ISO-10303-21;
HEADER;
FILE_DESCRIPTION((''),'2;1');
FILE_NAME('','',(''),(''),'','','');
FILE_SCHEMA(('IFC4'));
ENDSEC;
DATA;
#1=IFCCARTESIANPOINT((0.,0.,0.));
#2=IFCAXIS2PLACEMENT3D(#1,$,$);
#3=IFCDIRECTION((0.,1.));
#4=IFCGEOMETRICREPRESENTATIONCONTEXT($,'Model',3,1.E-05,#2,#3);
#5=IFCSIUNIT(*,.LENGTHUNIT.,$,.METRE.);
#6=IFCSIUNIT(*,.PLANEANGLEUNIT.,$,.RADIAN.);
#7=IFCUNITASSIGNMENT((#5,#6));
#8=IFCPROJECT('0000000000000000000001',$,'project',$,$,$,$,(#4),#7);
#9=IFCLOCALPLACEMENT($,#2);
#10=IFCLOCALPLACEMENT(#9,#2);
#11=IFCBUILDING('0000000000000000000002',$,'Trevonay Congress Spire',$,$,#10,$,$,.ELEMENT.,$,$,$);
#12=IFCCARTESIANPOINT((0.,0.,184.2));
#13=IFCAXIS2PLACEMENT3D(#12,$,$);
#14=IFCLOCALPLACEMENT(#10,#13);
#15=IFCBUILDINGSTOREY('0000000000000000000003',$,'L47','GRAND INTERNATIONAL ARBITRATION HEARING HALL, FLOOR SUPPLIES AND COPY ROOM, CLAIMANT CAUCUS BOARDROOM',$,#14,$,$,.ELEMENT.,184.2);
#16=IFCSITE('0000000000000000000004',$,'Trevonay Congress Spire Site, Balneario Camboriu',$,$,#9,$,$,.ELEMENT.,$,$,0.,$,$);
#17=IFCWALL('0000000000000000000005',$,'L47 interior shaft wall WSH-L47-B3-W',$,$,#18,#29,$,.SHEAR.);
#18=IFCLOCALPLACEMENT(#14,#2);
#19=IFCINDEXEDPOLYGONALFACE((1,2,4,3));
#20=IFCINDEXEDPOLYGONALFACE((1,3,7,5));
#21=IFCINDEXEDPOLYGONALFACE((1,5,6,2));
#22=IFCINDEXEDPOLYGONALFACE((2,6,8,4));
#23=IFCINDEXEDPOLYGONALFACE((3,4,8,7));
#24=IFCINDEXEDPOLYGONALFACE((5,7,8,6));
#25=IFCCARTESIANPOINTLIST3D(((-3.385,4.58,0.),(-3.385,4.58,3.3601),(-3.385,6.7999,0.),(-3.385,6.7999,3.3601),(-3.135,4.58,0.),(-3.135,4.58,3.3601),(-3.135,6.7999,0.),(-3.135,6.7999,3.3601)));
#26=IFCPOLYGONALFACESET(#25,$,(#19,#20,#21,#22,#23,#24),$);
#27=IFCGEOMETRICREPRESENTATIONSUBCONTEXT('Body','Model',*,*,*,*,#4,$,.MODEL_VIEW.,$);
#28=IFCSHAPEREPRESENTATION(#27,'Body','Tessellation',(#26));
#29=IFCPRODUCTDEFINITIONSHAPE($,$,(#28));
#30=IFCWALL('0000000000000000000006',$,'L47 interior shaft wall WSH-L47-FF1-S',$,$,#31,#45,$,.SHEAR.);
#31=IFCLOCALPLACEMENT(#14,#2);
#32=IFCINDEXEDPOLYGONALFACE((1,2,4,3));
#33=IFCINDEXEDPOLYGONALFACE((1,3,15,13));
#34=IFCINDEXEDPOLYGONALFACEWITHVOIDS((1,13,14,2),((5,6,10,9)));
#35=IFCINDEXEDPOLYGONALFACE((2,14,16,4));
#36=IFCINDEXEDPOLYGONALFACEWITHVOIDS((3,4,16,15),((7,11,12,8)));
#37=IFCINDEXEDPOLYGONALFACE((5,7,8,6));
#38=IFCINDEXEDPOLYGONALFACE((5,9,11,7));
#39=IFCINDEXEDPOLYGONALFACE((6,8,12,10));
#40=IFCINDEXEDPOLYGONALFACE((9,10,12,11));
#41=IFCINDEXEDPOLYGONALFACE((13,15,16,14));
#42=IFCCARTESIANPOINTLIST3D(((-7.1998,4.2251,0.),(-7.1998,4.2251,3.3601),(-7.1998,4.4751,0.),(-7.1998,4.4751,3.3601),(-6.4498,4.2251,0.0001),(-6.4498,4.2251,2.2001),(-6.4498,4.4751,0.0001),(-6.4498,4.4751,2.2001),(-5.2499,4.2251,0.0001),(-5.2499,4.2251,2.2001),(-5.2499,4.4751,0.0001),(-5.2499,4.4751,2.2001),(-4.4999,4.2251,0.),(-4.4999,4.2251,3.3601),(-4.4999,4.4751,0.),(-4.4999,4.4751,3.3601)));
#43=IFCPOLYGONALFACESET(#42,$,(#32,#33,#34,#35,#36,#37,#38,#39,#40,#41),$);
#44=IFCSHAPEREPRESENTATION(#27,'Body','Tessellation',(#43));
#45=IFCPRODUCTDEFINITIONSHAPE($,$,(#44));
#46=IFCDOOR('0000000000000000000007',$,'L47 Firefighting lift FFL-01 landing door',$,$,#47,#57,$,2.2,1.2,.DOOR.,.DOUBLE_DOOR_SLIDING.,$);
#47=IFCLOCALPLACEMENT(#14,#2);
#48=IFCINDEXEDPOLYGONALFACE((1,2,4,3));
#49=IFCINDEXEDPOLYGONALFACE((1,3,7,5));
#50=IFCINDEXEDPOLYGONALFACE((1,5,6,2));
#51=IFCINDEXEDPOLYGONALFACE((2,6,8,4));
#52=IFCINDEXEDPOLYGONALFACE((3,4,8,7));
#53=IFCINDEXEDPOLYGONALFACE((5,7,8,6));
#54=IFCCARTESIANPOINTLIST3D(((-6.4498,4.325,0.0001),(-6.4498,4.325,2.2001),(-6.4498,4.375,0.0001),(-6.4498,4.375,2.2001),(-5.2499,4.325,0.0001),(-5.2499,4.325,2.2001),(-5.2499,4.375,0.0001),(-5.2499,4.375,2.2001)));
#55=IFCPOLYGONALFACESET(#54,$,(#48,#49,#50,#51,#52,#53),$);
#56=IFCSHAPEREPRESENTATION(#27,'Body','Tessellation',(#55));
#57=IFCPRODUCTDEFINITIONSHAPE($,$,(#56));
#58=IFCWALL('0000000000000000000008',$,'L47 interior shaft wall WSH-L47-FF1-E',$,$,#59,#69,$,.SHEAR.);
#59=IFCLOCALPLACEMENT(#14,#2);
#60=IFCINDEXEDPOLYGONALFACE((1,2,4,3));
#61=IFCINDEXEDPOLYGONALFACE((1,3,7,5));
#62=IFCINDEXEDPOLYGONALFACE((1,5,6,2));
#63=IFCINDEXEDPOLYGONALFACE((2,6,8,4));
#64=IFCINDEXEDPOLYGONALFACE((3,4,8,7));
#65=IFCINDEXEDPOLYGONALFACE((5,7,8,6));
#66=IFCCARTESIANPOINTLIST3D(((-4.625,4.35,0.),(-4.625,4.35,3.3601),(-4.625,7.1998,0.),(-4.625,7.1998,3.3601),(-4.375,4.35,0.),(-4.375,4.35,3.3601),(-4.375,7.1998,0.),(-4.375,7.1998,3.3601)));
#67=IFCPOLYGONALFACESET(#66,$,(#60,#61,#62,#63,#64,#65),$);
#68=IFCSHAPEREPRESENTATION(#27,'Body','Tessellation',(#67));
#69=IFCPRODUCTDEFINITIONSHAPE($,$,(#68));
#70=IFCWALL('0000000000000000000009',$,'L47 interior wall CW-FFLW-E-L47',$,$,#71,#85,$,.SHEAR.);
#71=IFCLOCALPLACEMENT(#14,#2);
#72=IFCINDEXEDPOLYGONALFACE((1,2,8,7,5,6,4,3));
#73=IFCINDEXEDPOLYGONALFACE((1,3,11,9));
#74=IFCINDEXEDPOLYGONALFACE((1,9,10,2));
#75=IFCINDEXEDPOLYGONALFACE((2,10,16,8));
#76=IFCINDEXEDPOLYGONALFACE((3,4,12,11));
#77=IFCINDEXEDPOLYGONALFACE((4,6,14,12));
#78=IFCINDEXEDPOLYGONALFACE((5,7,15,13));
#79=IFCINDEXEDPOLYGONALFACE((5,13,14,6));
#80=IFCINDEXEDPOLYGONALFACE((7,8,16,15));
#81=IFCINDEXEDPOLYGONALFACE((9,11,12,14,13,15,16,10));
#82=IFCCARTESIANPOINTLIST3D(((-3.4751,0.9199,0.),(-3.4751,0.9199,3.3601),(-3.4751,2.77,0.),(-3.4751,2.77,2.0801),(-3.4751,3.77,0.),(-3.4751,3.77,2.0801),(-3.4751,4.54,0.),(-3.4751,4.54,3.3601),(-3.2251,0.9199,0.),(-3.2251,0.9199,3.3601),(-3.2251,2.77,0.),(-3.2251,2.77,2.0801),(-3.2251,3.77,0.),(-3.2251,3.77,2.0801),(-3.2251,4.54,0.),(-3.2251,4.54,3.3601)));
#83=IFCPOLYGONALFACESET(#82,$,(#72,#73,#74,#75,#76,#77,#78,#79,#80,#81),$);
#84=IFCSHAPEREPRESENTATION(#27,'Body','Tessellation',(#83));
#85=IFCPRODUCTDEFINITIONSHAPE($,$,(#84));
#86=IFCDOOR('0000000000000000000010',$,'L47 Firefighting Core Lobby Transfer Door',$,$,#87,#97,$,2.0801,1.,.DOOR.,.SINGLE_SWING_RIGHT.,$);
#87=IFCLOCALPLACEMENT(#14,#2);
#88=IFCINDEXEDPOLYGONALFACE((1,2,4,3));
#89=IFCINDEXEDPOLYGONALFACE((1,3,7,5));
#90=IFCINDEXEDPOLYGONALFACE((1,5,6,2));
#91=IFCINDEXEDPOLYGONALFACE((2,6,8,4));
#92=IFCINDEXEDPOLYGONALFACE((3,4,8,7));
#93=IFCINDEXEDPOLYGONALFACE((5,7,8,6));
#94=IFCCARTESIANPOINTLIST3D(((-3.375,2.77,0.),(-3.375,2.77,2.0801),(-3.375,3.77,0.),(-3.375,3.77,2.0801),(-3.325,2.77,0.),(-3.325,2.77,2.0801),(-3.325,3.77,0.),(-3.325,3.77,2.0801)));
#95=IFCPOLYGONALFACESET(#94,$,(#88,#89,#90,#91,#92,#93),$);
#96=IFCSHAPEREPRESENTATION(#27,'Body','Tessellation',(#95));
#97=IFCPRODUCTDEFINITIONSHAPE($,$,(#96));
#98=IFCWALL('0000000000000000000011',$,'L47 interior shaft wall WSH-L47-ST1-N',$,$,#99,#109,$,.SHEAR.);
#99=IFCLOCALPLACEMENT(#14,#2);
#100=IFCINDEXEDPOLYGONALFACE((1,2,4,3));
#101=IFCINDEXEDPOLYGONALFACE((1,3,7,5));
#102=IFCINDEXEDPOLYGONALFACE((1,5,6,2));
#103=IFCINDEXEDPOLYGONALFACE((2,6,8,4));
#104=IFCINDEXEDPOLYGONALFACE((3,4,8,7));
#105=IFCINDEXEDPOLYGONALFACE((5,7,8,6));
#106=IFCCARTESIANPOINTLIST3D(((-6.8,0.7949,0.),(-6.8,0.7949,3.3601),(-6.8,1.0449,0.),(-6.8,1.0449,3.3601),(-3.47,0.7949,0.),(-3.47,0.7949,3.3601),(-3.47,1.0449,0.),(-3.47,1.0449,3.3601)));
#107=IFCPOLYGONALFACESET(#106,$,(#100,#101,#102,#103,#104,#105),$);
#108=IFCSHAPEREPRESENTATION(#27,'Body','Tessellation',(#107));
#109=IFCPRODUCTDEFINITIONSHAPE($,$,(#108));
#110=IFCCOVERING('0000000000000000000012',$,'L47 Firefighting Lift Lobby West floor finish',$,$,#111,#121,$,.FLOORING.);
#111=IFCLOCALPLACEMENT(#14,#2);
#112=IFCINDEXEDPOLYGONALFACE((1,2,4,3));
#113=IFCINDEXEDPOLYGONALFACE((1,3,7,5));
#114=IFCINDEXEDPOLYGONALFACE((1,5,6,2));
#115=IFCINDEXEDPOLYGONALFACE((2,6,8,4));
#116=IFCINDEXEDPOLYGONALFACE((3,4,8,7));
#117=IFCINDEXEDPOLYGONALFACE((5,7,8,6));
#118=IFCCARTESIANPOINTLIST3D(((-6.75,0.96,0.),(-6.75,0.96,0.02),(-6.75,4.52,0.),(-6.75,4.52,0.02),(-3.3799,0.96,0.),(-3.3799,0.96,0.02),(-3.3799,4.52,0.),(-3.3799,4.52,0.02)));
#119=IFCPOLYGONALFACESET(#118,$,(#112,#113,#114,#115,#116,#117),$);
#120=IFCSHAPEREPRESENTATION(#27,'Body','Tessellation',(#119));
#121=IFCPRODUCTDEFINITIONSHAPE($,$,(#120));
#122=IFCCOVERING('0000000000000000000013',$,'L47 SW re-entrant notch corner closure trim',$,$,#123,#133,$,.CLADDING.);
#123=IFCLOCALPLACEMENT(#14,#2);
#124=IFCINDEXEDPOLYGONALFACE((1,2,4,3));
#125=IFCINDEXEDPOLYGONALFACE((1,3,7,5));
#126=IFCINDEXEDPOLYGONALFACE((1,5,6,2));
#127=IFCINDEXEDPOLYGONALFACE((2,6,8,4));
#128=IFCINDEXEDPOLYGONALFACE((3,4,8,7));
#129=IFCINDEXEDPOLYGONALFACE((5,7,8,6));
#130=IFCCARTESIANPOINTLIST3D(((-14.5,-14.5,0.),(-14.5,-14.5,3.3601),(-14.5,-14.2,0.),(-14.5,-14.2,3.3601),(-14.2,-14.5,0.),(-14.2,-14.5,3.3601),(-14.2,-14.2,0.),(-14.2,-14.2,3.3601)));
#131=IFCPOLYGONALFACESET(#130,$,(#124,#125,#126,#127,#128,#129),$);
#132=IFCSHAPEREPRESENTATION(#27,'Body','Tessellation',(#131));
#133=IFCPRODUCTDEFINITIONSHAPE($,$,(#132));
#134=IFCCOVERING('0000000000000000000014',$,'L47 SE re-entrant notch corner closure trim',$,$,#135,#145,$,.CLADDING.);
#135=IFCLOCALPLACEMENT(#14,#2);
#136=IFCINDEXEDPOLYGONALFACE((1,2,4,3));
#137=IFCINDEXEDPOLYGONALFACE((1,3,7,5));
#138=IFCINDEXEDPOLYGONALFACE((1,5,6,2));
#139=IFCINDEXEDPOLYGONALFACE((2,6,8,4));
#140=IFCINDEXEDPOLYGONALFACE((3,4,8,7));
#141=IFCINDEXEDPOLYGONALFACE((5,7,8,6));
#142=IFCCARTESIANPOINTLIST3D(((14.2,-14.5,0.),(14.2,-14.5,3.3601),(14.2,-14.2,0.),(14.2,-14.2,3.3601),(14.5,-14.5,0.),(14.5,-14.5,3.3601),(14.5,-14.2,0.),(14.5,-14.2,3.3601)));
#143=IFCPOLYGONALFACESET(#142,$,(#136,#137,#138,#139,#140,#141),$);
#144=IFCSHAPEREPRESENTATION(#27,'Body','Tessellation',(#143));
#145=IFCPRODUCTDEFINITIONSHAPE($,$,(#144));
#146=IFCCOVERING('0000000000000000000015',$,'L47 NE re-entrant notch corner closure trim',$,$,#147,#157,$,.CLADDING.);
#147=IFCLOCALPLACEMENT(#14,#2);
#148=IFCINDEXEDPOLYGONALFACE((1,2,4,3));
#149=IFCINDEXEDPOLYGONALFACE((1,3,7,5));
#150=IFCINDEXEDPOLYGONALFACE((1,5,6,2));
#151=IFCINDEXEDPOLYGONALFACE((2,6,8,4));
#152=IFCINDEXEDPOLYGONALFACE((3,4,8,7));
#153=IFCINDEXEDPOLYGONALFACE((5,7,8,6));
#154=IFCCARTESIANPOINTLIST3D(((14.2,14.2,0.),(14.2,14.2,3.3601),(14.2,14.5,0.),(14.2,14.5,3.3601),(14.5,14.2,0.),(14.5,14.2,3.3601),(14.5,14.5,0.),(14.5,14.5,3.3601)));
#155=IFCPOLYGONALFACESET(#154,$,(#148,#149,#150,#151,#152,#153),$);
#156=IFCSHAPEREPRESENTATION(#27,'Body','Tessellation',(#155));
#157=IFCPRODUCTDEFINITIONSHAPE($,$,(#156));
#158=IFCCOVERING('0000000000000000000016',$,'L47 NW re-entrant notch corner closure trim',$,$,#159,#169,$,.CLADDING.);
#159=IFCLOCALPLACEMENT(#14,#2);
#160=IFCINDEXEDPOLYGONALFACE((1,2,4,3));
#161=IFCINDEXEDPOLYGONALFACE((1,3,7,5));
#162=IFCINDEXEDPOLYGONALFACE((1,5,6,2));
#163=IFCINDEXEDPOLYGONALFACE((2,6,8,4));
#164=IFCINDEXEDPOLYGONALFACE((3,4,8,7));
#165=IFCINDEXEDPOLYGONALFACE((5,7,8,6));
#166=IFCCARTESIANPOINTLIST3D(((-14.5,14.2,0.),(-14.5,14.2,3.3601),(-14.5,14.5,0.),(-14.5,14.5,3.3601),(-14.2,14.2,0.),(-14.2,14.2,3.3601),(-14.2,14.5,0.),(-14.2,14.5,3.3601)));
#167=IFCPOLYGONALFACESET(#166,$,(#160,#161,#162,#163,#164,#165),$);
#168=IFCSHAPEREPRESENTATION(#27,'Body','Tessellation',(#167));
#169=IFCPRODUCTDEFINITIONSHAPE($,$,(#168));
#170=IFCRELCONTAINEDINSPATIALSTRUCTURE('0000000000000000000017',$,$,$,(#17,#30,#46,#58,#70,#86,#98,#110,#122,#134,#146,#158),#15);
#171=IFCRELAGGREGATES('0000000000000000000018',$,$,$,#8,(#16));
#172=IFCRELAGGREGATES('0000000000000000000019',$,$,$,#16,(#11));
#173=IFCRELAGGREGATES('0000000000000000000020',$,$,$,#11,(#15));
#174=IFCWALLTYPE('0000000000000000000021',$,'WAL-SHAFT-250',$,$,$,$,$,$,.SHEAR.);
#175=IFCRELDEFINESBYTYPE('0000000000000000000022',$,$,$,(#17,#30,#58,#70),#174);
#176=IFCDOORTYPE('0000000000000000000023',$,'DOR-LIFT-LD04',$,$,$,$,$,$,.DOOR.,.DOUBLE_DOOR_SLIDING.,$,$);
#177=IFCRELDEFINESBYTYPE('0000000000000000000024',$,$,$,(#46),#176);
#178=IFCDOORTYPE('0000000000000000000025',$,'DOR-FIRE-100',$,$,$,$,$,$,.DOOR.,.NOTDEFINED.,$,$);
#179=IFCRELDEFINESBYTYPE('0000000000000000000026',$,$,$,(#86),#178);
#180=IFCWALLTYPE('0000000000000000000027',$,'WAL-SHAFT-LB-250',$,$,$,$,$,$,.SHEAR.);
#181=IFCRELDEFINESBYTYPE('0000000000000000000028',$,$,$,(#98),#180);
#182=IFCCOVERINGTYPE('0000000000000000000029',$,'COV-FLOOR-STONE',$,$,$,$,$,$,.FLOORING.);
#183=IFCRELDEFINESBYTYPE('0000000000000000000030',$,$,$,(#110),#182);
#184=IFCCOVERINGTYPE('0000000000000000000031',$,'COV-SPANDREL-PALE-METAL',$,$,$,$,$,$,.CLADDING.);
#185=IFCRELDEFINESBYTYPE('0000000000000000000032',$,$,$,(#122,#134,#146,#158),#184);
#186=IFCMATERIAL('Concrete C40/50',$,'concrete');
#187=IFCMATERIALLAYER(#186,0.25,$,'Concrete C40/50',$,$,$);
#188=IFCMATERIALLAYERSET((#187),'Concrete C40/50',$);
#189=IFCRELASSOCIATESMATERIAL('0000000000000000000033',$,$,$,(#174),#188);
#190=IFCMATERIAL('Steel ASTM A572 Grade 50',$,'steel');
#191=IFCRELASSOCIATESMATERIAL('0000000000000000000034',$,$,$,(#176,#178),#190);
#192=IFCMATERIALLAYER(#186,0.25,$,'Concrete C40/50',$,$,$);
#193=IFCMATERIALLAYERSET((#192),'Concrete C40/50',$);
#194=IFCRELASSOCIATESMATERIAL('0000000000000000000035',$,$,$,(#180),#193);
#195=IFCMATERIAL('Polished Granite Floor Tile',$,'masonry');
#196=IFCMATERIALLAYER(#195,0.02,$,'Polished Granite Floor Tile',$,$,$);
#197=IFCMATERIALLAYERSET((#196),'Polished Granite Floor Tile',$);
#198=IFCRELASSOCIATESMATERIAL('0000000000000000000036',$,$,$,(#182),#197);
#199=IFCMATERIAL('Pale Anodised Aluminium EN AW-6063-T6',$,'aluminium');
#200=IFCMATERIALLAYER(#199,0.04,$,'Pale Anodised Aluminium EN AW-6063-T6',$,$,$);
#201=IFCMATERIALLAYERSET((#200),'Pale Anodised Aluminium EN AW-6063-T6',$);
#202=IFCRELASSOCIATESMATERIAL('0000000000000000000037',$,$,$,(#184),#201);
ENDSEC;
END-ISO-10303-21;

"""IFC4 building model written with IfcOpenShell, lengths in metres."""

from ifc_helpers import new_model, si_unit, direction, frame, frame_2d, origin, place, context, subcontext, project, spatial, polyline, rectangle, outline, extrude, material, layer, layer_set, type_object, element, fill, save


model = new_model("IFC4")

# Units and contexts
model_context = context("Model", 3, precision=1e-05, world=origin(), true_north=direction((0.0, 1.0)))
body_context = subcontext(model_context, "Body", "Model", "MODEL_VIEW")
ifc_project = project(units=[si_unit("LENGTHUNIT", "METRE"), si_unit("PLANEANGLEUNIT", "RADIAN")], contexts=[model_context])

# Site, building, storey
site_placement = place(None, origin())
site = spatial("IfcSite", under=ifc_project, at=site_placement, Name="Trevonay Congress Spire Site, Balneario Camboriu", CompositionType="ELEMENT", RefElevation=0.0)
building_placement = place(site_placement, origin())
building = spatial("IfcBuilding", under=site, at=building_placement, Name="Trevonay Congress Spire", CompositionType="ELEMENT")
storey_placement = place(building_placement, frame((0.0, 0.0, 184.2)))
storey = spatial("IfcBuildingStorey", under=building, at=storey_placement, Name="L47", Description="GRAND INTERNATIONAL ARBITRATION HEARING HALL, FLOOR SUPPLIES AND COPY ROOM, CLAIMANT CAUCUS BOARDROOM", CompositionType="ELEMENT", Elevation=184.2)

# Shared definitions
ifc_material_1 = material(Name="Steel ASTM A572 Grade 50", Category="steel")

# Shared definitions
ifc_material_2 = material(Name="Concrete C40/50", Category="concrete")

# Shared definitions
ifc_layer_1 = layer(ifc_material_2, 0.25, Name="Concrete C40/50")
ifc_layer_set_1 = layer_set([ifc_layer_1], Name="Concrete C40/50")
wall_type_1 = type_object("IfcWallType", Name="WAL-SHAFT-250", PredefinedType="SHEAR", material=ifc_layer_set_1)
ifc_material_3 = material(Name="Pale Anodised Aluminium EN AW-6063-T6", Category="aluminium")

# Wall
wall_1_placement = place(storey_placement, frame((-3.26, 4.5801, 0.0), z_axis=(0.0, 0.0, 1.0), x_axis=(0.0, 1.0, 0.0)))
element("IfcWall", 1, at=wall_1_placement, inside=storey, type_object=wall_type_1, Name="L47 interior shaft wall WSH-L47-B3-W", PredefinedType="SHEAR", context=body_context, shape_type="SweptSolid", body=[
    extrude(rectangle(XDim=2.22, YDim=0.25, at=frame_2d((1.1099, 0.0))), origin(), (0.0, 0.0, 1.0), 3.3601),
])

# Wall, opening, door
wall_2_placement = place(storey_placement, frame((-7.2, 4.3501, 0.0), z_axis=(0.0, 0.0, 1.0), x_axis=(1.0, 0.0, 0.0)))
wall_2 = element("IfcWall", 2, at=wall_2_placement, inside=storey, type_object=wall_type_1, Name="L47 interior shaft wall WSH-L47-FF1-S", PredefinedType="SHEAR", context=body_context, shape_type="SweptSolid", body=[
    extrude(rectangle(XDim=2.7, YDim=0.25, at=frame_2d((1.3501, 0.0))), origin(), (0.0, 0.0, 1.0), 3.3601),
])
opening_1_placement = place(wall_2_placement, frame((0.75, 0.0, 0.0)))
opening_1 = element("IfcOpeningElement", 3, at=opening_1_placement, cuts=wall_2, PredefinedType="OPENING", context=body_context, shape_type="SweptSolid", body=[
    extrude(rectangle(XDim=1.2, YDim=2.2, at=frame_2d((0.6001, 1.1001))), frame((0.0, 0.135, 0.0), z_axis=(0.0, -1.0, 0.0), x_axis=(1.0, 0.0, 0.0)), (0.0, 0.0, 1.0), 0.27),
])
door_type_1 = type_object("IfcDoorType", Name="DOR-LIFT-LD04", OperationType="DOUBLE_DOOR_SLIDING", PredefinedType="DOOR", material=ifc_material_1)
door_1_placement = place(opening_1_placement, origin())
door_1 = element("IfcDoor", 4, at=door_1_placement, inside=storey, type_object=door_type_1, Name="L47 Firefighting lift FFL-01 landing door", OperationType="DOUBLE_DOOR_SLIDING", OverallHeight=2.2, OverallWidth=1.2, PredefinedType="DOOR", context=body_context, shape_type="SweptSolid", body=[
    extrude(rectangle(XDim=1.2, YDim=2.2, at=frame_2d((0.6001, 1.1001))), frame((0.0, 0.0249, 0.0), z_axis=(0.0, -1.0, 0.0), x_axis=(1.0, 0.0, 0.0)), (0.0, 0.0, 1.0), 0.05),
])
fill(opening_1, door_1)

# Wall
wall_3_placement = place(storey_placement, frame((-4.5, 4.3501, 0.0), z_axis=(0.0, 0.0, 1.0), x_axis=(0.0, 1.0, 0.0)))
element("IfcWall", 5, at=wall_3_placement, inside=storey, type_object=wall_type_1, Name="L47 interior shaft wall WSH-L47-FF1-E", PredefinedType="SHEAR", context=body_context, shape_type="SweptSolid", body=[
    extrude(rectangle(XDim=2.8499, YDim=0.25, at=frame_2d((1.4248, 0.0))), origin(), (0.0, 0.0, 1.0), 3.3601),
])

# Wall, opening, door
wall_4_placement = place(storey_placement, frame((-3.3501, 0.9199, 0.0), z_axis=(0.0, 0.0, 1.0), x_axis=(0.0, 1.0, 0.0)))
wall_4 = element("IfcWall", 6, at=wall_4_placement, inside=storey, type_object=wall_type_1, Name="L47 interior wall CW-FFLW-E-L47", PredefinedType="SHEAR", context=body_context, shape_type="SweptSolid", body=[
    extrude(rectangle(XDim=3.6201, YDim=0.25, at=frame_2d((1.8101, 0.0))), origin(), (0.0, 0.0, 1.0), 3.3601),
])
opening_2_placement = place(wall_4_placement, frame((1.8501, 0.0, 0.0)))
opening_2 = element("IfcOpeningElement", 7, at=opening_2_placement, cuts=wall_4, PredefinedType="OPENING", context=body_context, shape_type="SweptSolid", body=[
    extrude(rectangle(XDim=1.0, YDim=2.0801, at=frame_2d((0.5, 1.04))), frame((0.0, 0.135, 0.0), z_axis=(0.0, -1.0, 0.0), x_axis=(1.0, 0.0, 0.0)), (0.0, 0.0, 1.0), 0.27),
])
door_type_2 = type_object("IfcDoorType", Name="DOR-FIRE-100", OperationType="NOTDEFINED", PredefinedType="DOOR", material=ifc_material_1)
door_2_placement = place(opening_2_placement, origin())
door_2 = element("IfcDoor", 8, at=door_2_placement, inside=storey, type_object=door_type_2, Name="L47 Firefighting Core Lobby Transfer Door", OperationType="SINGLE_SWING_RIGHT", OverallHeight=2.0801, OverallWidth=1.0, PredefinedType="DOOR", context=body_context, shape_type="SweptSolid", body=[
    extrude(rectangle(XDim=1.0, YDim=2.0801, at=frame_2d((0.5, 1.04))), frame((0.0, 0.0249, 0.0), z_axis=(0.0, -1.0, 0.0), x_axis=(1.0, 0.0, 0.0)), (0.0, 0.0, 1.0), 0.05),
])
fill(opening_2, door_2)

# Wall
ifc_layer_2 = layer(ifc_material_2, 0.25, Name="Concrete C40/50")
ifc_layer_set_2 = layer_set([ifc_layer_2], Name="Concrete C40/50")
wall_type_2 = type_object("IfcWallType", Name="WAL-SHAFT-LB-250", PredefinedType="SHEAR", material=ifc_layer_set_2)
wall_5_placement = place(storey_placement, frame((-6.8, 0.9199, 0.0), z_axis=(0.0, 0.0, 1.0), x_axis=(1.0, 0.0, 0.0)))
element("IfcWall", 9, at=wall_5_placement, inside=storey, type_object=wall_type_2, Name="L47 interior shaft wall WSH-L47-ST1-N", PredefinedType="SHEAR", context=body_context, shape_type="SweptSolid", body=[
    extrude(rectangle(XDim=3.3301, YDim=0.25, at=frame_2d((1.665, 0.0))), origin(), (0.0, 0.0, 1.0), 3.3601),
])

# Coverings
ifc_material_4 = material(Name="Polished Granite Floor Tile", Category="masonry")
ifc_layer_3 = layer(ifc_material_4, 0.02, Name="Polished Granite Floor Tile")
ifc_layer_set_3 = layer_set([ifc_layer_3], Name="Polished Granite Floor Tile")
covering_type_1 = type_object("IfcCoveringType", Name="COV-FLOOR-STONE", PredefinedType="FLOORING", material=ifc_layer_set_3)
covering_1_placement = place(storey_placement, origin())
element("IfcCovering", 10, at=covering_1_placement, inside=storey, type_object=covering_type_1, Name="L47 Firefighting Lift Lobby West floor finish", PredefinedType="FLOORING", context=body_context, shape_type="SweptSolid", body=[
    extrude(outline(polyline([(-6.75, 0.96), (-3.3799, 0.96), (-3.3799, 4.52), (-6.75, 4.52), (-6.75, 0.96)])), origin(), (0.0, 0.0, 1.0), 0.02),
])
ifc_layer_4 = layer(ifc_material_3, 0.04, Name="Pale Anodised Aluminium EN AW-6063-T6")
ifc_layer_set_4 = layer_set([ifc_layer_4], Name="Pale Anodised Aluminium EN AW-6063-T6")
covering_type_2 = type_object("IfcCoveringType", Name="COV-SPANDREL-PALE-METAL", PredefinedType="CLADDING", material=ifc_layer_set_4)
covering_2_placement = place(storey_placement, origin())
element("IfcCovering", 11, at=covering_2_placement, inside=storey, type_object=covering_type_2, Name="L47 SW re-entrant notch corner closure trim", PredefinedType="CLADDING", context=body_context, shape_type="SweptSolid", body=[
    extrude(outline(polyline([(-14.5, -14.5), (-14.2, -14.5), (-14.2, -14.2), (-14.5, -14.2), (-14.5, -14.5)])), origin(), (0.0, 0.0, 1.0), 3.3601),
])
covering_3_placement = place(storey_placement, origin())
element("IfcCovering", 12, at=covering_3_placement, inside=storey, type_object=covering_type_2, Name="L47 SE re-entrant notch corner closure trim", PredefinedType="CLADDING", context=body_context, shape_type="SweptSolid", body=[
    extrude(outline(polyline([(14.2, -14.5), (14.5, -14.5), (14.5, -14.2), (14.2, -14.2), (14.2, -14.5)])), origin(), (0.0, 0.0, 1.0), 3.3601),
])
covering_4_placement = place(storey_placement, origin())
element("IfcCovering", 13, at=covering_4_placement, inside=storey, type_object=covering_type_2, Name="L47 NE re-entrant notch corner closure trim", PredefinedType="CLADDING", context=body_context, shape_type="SweptSolid", body=[
    extrude(outline(polyline([(14.2, 14.2), (14.5, 14.2), (14.5, 14.5), (14.2, 14.5), (14.2, 14.2)])), origin(), (0.0, 0.0, 1.0), 3.3601),
])
covering_5_placement = place(storey_placement, origin())
element("IfcCovering", 14, at=covering_5_placement, inside=storey, type_object=covering_type_2, Name="L47 NW re-entrant notch corner closure trim", PredefinedType="CLADDING", context=body_context, shape_type="SweptSolid", body=[
    extrude(outline(polyline([(-14.5, 14.2), (-14.2, 14.2), (-14.2, 14.5), (-14.5, 14.5), (-14.5, 14.2)])), origin(), (0.0, 0.0, 1.0), 3.3601),
])

save(model, "model.ifc")
